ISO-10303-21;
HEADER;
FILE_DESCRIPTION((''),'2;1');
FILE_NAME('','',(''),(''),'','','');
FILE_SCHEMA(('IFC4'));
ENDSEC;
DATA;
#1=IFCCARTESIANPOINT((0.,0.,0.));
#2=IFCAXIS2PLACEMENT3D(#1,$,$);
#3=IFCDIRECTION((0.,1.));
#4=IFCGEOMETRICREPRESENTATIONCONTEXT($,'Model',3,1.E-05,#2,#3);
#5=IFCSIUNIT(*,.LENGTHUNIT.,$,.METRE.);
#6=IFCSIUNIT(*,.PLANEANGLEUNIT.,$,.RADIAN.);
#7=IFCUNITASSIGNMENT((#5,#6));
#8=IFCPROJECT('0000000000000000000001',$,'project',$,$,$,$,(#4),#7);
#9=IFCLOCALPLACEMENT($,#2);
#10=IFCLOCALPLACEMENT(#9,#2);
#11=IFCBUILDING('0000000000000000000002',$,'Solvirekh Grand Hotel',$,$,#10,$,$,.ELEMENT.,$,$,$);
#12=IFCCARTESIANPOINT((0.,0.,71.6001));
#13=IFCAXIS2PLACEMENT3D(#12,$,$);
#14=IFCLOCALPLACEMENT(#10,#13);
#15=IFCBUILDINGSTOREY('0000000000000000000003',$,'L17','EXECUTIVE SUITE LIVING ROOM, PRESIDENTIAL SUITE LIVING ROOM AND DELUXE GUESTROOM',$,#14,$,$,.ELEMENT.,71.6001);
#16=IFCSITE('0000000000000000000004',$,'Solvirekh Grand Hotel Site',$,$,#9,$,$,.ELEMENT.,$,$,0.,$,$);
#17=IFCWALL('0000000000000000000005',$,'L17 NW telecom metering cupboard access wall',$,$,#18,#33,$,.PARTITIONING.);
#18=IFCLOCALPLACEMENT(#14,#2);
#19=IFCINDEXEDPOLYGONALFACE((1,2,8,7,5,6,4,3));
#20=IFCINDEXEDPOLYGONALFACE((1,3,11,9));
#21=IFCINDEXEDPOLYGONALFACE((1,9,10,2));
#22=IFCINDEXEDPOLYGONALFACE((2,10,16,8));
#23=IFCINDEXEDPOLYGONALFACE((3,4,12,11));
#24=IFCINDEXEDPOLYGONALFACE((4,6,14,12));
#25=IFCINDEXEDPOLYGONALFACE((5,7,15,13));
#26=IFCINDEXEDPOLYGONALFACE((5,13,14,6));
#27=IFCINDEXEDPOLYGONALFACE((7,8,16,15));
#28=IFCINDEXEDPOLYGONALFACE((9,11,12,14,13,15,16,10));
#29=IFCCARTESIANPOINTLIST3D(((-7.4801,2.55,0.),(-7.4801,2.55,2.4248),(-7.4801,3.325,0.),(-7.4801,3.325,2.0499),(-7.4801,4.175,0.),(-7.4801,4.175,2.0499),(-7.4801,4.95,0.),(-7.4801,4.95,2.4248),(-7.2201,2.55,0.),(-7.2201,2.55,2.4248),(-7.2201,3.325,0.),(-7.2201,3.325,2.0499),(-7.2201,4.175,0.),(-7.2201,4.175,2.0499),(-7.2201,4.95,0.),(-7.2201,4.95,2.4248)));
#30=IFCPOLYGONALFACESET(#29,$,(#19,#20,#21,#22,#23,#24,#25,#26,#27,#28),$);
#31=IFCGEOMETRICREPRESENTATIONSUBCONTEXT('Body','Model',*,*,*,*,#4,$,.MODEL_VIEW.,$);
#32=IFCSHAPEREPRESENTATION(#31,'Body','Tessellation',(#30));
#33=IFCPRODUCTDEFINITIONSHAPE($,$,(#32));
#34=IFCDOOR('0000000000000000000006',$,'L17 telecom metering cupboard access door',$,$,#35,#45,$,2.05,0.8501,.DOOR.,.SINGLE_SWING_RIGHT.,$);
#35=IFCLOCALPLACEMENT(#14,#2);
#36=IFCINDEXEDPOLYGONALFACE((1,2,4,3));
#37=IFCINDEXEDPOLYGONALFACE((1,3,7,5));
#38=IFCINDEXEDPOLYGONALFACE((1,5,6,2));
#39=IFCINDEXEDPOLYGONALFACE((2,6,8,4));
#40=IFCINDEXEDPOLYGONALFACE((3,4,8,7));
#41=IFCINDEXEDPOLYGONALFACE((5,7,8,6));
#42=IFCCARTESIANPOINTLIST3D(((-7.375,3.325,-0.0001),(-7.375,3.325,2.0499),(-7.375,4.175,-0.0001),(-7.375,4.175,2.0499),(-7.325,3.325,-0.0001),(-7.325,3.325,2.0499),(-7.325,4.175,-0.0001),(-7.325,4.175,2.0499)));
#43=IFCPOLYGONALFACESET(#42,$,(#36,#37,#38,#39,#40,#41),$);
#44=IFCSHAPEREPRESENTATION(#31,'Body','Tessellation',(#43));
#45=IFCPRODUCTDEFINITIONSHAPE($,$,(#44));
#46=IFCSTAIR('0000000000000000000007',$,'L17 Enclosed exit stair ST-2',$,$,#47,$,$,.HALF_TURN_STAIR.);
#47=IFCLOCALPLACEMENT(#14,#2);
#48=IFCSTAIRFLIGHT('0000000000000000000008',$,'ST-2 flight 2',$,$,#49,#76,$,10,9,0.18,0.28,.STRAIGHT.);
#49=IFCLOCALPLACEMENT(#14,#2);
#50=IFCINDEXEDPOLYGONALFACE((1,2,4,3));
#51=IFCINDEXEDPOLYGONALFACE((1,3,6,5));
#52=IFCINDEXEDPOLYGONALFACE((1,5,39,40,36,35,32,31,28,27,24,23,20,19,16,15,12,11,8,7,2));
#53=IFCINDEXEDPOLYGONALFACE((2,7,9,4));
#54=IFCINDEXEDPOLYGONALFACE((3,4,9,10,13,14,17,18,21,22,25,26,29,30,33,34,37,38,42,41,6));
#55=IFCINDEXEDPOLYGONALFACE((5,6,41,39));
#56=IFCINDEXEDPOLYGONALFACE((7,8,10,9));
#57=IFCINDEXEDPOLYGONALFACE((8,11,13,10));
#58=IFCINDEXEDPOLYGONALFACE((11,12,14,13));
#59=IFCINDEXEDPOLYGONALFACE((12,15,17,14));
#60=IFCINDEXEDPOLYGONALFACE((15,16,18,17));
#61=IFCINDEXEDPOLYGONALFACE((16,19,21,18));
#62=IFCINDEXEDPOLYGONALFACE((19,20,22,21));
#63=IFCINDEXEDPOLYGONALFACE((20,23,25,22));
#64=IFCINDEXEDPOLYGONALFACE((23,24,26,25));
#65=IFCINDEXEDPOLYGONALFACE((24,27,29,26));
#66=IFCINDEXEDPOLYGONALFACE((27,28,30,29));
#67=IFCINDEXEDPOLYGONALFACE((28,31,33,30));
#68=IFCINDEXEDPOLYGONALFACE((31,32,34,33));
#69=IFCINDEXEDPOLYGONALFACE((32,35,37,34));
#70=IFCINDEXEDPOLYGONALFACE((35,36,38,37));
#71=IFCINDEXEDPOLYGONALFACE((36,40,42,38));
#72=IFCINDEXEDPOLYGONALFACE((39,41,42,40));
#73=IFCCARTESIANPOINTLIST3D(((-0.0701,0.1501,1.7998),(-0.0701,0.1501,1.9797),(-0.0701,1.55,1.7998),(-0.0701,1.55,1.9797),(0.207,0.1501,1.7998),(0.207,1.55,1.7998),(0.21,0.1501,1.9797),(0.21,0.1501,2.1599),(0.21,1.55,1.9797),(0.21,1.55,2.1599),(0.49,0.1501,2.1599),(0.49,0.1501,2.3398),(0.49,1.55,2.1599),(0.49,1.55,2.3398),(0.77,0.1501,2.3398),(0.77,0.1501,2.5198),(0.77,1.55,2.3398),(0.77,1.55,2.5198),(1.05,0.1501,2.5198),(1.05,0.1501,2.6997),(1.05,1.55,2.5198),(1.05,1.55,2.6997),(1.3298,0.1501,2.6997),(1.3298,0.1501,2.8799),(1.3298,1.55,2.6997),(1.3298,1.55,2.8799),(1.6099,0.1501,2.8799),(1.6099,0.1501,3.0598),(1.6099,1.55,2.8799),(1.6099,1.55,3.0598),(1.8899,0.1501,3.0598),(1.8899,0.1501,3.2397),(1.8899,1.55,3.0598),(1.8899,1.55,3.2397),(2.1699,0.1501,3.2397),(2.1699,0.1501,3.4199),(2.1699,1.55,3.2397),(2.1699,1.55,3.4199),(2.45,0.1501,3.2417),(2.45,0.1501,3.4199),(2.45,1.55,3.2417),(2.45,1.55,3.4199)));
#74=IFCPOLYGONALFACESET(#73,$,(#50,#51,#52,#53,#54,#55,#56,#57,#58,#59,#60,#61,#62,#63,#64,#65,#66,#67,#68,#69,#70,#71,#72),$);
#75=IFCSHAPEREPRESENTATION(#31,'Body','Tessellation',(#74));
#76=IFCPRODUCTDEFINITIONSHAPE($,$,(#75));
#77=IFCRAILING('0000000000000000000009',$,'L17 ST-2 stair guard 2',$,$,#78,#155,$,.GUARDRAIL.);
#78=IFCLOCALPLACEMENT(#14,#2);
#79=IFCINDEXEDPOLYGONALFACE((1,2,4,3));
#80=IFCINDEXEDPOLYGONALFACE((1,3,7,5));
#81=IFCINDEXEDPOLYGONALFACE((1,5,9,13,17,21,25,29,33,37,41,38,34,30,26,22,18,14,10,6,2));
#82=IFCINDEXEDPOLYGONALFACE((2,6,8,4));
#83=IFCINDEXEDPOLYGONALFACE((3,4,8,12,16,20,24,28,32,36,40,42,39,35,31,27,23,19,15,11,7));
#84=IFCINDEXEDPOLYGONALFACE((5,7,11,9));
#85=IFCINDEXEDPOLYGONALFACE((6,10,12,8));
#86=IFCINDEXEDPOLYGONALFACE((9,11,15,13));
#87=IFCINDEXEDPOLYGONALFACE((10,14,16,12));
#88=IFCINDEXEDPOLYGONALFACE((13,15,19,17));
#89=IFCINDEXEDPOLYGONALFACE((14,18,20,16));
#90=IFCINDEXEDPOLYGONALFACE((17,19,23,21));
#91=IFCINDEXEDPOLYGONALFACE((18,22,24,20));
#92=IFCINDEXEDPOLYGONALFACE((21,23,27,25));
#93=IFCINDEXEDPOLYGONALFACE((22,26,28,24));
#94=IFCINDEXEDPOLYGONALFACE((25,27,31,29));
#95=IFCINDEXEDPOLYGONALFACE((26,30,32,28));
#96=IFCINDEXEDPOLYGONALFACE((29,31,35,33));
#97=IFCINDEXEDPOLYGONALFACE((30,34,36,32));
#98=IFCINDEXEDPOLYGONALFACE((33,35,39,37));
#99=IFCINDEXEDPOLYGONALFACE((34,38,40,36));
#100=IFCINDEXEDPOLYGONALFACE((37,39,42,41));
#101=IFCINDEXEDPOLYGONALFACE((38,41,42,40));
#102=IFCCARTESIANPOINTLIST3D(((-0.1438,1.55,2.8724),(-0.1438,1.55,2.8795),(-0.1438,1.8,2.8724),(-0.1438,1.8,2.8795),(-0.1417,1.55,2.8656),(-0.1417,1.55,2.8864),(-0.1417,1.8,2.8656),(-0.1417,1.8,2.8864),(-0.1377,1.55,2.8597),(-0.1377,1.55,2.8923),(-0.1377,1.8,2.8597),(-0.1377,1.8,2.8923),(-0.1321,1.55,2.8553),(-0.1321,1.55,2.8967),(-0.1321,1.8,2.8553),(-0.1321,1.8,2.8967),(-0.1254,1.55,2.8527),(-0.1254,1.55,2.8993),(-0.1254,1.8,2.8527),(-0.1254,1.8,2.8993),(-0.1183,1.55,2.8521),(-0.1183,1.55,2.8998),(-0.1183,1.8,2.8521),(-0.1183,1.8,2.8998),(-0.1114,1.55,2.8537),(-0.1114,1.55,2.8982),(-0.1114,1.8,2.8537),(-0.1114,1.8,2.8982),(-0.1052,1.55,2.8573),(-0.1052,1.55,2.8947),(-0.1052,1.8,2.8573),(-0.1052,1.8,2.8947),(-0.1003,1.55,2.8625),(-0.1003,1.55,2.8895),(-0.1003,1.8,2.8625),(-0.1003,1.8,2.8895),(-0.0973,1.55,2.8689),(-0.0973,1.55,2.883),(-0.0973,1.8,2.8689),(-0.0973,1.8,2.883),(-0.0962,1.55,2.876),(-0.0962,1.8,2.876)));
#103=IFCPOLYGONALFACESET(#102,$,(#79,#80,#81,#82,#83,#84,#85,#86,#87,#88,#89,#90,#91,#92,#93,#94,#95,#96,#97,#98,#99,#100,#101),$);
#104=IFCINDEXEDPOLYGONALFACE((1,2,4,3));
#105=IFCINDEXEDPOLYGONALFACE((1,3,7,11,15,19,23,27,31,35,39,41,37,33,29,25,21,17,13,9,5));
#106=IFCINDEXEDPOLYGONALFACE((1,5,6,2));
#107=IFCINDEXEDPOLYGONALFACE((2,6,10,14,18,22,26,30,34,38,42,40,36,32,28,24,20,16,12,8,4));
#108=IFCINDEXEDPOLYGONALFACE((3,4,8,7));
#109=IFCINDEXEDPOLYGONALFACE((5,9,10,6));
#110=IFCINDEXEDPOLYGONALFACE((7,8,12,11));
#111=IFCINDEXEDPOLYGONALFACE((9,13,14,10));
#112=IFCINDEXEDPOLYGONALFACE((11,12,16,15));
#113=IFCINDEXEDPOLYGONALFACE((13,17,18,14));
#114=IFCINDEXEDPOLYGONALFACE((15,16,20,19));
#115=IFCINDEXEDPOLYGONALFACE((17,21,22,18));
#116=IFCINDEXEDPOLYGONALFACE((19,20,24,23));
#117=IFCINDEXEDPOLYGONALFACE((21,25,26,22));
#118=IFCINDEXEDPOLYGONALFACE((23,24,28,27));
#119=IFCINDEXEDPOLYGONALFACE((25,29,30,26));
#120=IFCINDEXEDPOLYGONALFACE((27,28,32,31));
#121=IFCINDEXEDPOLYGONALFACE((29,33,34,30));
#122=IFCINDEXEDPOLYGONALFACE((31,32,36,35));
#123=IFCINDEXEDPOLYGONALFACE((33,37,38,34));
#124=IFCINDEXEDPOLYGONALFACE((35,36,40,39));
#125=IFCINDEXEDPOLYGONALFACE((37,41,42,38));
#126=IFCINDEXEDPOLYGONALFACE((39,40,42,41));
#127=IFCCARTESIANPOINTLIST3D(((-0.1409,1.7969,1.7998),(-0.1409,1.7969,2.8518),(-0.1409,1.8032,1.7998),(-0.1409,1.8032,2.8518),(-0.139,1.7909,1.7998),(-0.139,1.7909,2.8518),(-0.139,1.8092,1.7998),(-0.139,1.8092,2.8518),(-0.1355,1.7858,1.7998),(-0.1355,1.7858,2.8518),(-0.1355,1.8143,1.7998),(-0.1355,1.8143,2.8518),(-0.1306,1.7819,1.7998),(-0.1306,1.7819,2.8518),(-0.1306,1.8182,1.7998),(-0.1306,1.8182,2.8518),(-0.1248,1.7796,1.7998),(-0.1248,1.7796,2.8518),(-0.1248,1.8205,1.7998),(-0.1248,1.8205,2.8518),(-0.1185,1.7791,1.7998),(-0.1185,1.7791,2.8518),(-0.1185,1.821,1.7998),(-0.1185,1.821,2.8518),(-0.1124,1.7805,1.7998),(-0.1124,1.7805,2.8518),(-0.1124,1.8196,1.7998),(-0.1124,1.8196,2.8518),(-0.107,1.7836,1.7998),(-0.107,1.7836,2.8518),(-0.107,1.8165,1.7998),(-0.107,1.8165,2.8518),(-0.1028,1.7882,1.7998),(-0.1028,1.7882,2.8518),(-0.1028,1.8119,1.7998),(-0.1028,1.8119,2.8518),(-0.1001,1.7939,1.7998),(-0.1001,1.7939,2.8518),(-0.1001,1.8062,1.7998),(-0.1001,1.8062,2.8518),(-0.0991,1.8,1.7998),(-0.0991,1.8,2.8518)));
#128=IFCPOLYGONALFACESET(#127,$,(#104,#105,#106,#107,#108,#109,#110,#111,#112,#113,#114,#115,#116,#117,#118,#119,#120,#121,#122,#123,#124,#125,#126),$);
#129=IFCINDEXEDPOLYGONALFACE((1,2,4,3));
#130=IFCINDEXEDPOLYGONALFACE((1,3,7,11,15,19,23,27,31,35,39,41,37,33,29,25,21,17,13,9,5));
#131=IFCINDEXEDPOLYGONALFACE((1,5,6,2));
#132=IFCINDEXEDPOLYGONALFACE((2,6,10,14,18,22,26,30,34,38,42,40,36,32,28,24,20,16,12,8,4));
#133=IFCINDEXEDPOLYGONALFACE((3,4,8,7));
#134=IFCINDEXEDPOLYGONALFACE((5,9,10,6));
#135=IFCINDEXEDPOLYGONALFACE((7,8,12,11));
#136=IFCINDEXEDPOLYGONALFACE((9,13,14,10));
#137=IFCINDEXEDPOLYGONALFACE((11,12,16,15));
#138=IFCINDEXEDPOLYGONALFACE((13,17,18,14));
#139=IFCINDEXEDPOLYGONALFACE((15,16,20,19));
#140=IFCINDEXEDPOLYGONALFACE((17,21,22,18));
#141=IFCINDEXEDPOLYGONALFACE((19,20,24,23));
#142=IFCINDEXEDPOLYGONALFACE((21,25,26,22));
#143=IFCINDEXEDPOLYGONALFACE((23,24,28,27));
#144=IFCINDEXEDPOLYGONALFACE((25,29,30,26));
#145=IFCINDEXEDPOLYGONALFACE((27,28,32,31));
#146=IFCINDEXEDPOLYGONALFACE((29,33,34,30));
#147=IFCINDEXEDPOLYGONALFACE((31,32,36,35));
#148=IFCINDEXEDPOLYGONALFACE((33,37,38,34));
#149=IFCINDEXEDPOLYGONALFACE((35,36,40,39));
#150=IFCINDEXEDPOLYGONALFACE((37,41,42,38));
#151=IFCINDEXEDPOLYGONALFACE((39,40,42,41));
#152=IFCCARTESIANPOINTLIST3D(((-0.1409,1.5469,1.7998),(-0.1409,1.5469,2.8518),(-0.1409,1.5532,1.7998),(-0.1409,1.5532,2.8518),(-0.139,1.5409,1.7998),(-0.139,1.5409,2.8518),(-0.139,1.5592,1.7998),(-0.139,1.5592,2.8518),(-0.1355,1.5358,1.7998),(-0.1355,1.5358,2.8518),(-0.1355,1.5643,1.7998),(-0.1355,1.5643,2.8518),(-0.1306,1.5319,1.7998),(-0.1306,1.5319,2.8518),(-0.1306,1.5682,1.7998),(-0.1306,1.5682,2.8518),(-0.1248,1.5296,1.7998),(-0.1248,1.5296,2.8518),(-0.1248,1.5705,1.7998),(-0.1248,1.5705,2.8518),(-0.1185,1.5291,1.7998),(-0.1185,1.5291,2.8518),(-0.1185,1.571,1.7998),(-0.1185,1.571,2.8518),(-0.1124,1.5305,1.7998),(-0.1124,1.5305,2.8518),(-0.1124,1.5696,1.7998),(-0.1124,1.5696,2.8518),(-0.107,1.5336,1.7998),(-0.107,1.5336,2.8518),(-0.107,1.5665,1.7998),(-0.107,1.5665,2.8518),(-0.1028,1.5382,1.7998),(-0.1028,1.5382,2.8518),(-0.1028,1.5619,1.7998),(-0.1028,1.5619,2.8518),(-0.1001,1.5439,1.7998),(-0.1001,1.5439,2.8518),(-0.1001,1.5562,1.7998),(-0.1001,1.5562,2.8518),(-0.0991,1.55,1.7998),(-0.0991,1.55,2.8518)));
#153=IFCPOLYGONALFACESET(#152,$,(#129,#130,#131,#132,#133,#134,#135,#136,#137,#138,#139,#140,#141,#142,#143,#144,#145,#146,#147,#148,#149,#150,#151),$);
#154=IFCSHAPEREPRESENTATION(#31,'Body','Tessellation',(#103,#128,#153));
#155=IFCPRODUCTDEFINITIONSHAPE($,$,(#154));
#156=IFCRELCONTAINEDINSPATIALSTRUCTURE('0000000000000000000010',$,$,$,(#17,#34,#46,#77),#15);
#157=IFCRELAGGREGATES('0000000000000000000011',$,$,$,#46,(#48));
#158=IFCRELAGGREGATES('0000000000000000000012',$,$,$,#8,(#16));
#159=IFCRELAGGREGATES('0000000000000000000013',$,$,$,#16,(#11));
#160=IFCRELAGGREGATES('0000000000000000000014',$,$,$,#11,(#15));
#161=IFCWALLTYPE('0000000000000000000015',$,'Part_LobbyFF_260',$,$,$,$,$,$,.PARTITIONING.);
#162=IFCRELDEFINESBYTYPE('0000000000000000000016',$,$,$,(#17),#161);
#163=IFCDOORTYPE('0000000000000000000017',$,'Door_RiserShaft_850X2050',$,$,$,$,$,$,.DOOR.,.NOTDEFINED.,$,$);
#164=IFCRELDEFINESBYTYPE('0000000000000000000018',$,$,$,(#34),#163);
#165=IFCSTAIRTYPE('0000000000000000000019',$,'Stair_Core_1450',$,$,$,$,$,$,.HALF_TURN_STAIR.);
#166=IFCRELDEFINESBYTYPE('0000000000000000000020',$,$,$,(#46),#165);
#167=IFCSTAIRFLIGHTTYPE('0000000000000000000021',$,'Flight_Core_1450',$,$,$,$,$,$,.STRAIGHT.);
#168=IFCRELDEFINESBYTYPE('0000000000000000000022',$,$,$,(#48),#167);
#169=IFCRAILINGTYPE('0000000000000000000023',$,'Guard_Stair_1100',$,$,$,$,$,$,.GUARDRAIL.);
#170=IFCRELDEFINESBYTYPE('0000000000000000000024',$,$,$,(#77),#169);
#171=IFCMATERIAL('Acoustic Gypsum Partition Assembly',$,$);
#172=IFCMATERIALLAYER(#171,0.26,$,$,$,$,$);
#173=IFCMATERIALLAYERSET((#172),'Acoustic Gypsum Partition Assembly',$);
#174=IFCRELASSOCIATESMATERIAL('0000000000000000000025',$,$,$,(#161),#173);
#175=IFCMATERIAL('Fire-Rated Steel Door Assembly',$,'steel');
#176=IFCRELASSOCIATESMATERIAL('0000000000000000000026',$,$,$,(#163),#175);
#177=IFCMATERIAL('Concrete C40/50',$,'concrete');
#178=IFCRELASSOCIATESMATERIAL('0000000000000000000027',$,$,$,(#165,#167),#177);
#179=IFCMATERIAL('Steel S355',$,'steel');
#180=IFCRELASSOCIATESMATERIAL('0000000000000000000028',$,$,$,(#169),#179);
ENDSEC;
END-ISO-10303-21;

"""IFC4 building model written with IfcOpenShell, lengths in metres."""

from ifc_helpers import new_model, si_unit, direction, frame, frame_2d, origin, origin_2d, place, context, subcontext, project, spatial, polyline, rectangle, circle, outline, extrude, material, layer, layer_set, type_object, element, fill, aggregate, save


model = new_model("IFC4")

# Units and contexts
model_context = context("Model", 3, precision=1e-05, world=origin(), true_north=direction((0.0, 1.0)))
body_context = subcontext(model_context, "Body", "Model", "MODEL_VIEW")
ifc_project = project(units=[si_unit("LENGTHUNIT", "METRE"), si_unit("PLANEANGLEUNIT", "RADIAN")], contexts=[model_context])

# Site, building, storey
site_placement = place(None, origin())
site = spatial("IfcSite", under=ifc_project, at=site_placement, Name="Solvirekh Grand Hotel Site", CompositionType="ELEMENT", RefElevation=0.0)
building_placement = place(site_placement, origin())
building = spatial("IfcBuilding", under=site, at=building_placement, Name="Solvirekh Grand Hotel", CompositionType="ELEMENT")
storey_placement = place(building_placement, frame((0.0, 0.0, 71.6001)))
storey = spatial("IfcBuildingStorey", under=building, at=storey_placement, Name="L17", Description="EXECUTIVE SUITE LIVING ROOM, PRESIDENTIAL SUITE LIVING ROOM AND DELUXE GUESTROOM", CompositionType="ELEMENT", Elevation=71.6001)

# Shared definitions
ifc_material_1 = material(Name="Concrete C40/50", Category="concrete")

# Shared definitions
ifc_material_2 = material(Name="Fire-Rated Steel Door Assembly", Category="steel")

# Shared definitions
ifc_material_3 = material(Name="Acoustic Gypsum Partition Assembly")
ifc_layer_1 = layer(ifc_material_3, 0.26)
ifc_layer_set_1 = layer_set([ifc_layer_1], Name="Acoustic Gypsum Partition Assembly")
wall_type_1 = type_object("IfcWallType", Name="Part_LobbyFF_260", PredefinedType="PARTITIONING", material=ifc_layer_set_1)

# Wall, opening, door
wall_1_placement = place(storey_placement, frame((-7.3501, 2.55, 0.0), z_axis=(0.0, 0.0, 1.0), x_axis=(0.0, 1.0, 0.0)))
wall_1 = element("IfcWall", 1, at=wall_1_placement, inside=storey, type_object=wall_type_1, Name="L17 NW telecom metering cupboard access wall", PredefinedType="PARTITIONING", context=body_context, shape_type="SweptSolid", body=[
    extrude(rectangle(XDim=2.3999, YDim=0.26, at=frame_2d((1.2, 0.0))), origin(), (0.0, 0.0, 1.0), 2.4248),
])
opening_1_placement = place(wall_1_placement, frame((0.7749, 0.0, 0.0)))
opening_1 = element("IfcOpeningElement", 2, at=opening_1_placement, cuts=wall_1, PredefinedType="OPENING", context=body_context, shape_type="SweptSolid", body=[
    extrude(rectangle(XDim=0.8501, YDim=2.05, at=frame_2d((0.425, 1.0249))), frame((0.0, 0.1401, 0.0), z_axis=(0.0, -1.0, 0.0), x_axis=(1.0, 0.0, 0.0)), (0.0, 0.0, 1.0), 0.28),
])
door_type_1 = type_object("IfcDoorType", Name="Door_RiserShaft_850X2050", OperationType="NOTDEFINED", PredefinedType="DOOR", material=ifc_material_2)
door_1_placement = place(opening_1_placement, origin())
door_1 = element("IfcDoor", 3, at=door_1_placement, inside=storey, type_object=door_type_1, Name="L17 telecom metering cupboard access door", OperationType="SINGLE_SWING_RIGHT", OverallHeight=2.05, OverallWidth=0.8501, PredefinedType="DOOR", context=body_context, shape_type="SweptSolid", body=[
    extrude(rectangle(XDim=0.8501, YDim=2.05, at=frame_2d((0.425, 1.0249))), frame((0.0, 0.0249, 0.0), z_axis=(0.0, -1.0, 0.0), x_axis=(1.0, 0.0, 0.0)), (0.0, 0.0, 1.0), 0.05),
])
fill(opening_1, door_1)

# Stair, stair flight
stair_type = type_object("IfcStairType", Name="Stair_Core_1450", PredefinedType="HALF_TURN_STAIR", material=ifc_material_1)
stair_placement = place(storey_placement, origin())
stair = element("IfcStair", 4, at=stair_placement, inside=storey, type_object=stair_type, Name="L17 Enclosed exit stair ST-2", PredefinedType="HALF_TURN_STAIR")
stair_flight_type = type_object("IfcStairFlightType", Name="Flight_Core_1450", PredefinedType="STRAIGHT", material=ifc_material_1)
stair_flight_placement = place(storey_placement, frame((-0.0701, 0.8501, 1.7998), z_axis=(0.0, 0.0, 1.0), x_axis=(1.0, 0.0, 0.0)))
stair_flight = element("IfcStairFlight", 5, at=stair_flight_placement, type_object=stair_flight_type, Name="ST-2 flight 2", NumberOfRisers=10, NumberOfTreads=9, PredefinedType="STRAIGHT", RiserHeight=0.18, TreadLength=0.28, context=body_context, shape_type="SweptSolid", body=[
    extrude(outline(polyline([(0.0, 0.0), (0.0, 0.1799), (0.28, 0.1799), (0.28, 0.3601), (0.5601, 0.3601), (0.5601, 0.54), (0.8401, 0.54), (0.8401, 0.72), (1.1201, 0.72), (1.1201, 0.8999), (1.3999, 0.8999), (1.3999, 1.0801), (1.6799, 1.0801), (1.6799, 1.26), (1.96, 1.26), (1.96, 1.4399), (2.24, 1.4399), (2.24, 1.6201), (2.52, 1.6201), (2.52, 1.8), (2.52, 1.4419), (0.2771, 0.0), (0.0, 0.0)])), frame((0.0, 0.7, 0.0), z_axis=(0.0, -1.0, 0.0), x_axis=(1.0, 0.0, 0.0)), (0.0, 0.0, 1.0), 1.3999),
])
aggregate(stair, [stair_flight])

# Railing
ifc_material_4 = material(Name="Steel S355", Category="steel")
railing_type_1 = type_object("IfcRailingType", Name="Guard_Stair_1100", PredefinedType="GUARDRAIL", material=ifc_material_4)
railing_1_placement = place(storey_placement, frame((-0.1201, 1.8, 1.7998)))
element("IfcRailing", 6, at=railing_1_placement, inside=storey, type_object=railing_type_1, Name="L17 ST-2 stair guard 2", PredefinedType="GUARDRAIL", context=body_context, shape_type="SweptSolid", body=[
    extrude(circle(Radius=0.0239, at=origin_2d()), frame((0.0, 0.0, 1.0762), z_axis=(0.0, -1.0, 0.0), x_axis=(1.0, 0.0, 0.0)), (0.0, 0.0, 1.0), 0.25),
    extrude(circle(Radius=0.021, at=origin_2d()), origin(), (0.0, 0.0, 1.0), 1.052),
    extrude(circle(Radius=0.021, at=origin_2d()), frame((0.0, -0.25, 0.0)), (0.0, 0.0, 1.0), 1.052),
])

save(model, "model.ifc")
